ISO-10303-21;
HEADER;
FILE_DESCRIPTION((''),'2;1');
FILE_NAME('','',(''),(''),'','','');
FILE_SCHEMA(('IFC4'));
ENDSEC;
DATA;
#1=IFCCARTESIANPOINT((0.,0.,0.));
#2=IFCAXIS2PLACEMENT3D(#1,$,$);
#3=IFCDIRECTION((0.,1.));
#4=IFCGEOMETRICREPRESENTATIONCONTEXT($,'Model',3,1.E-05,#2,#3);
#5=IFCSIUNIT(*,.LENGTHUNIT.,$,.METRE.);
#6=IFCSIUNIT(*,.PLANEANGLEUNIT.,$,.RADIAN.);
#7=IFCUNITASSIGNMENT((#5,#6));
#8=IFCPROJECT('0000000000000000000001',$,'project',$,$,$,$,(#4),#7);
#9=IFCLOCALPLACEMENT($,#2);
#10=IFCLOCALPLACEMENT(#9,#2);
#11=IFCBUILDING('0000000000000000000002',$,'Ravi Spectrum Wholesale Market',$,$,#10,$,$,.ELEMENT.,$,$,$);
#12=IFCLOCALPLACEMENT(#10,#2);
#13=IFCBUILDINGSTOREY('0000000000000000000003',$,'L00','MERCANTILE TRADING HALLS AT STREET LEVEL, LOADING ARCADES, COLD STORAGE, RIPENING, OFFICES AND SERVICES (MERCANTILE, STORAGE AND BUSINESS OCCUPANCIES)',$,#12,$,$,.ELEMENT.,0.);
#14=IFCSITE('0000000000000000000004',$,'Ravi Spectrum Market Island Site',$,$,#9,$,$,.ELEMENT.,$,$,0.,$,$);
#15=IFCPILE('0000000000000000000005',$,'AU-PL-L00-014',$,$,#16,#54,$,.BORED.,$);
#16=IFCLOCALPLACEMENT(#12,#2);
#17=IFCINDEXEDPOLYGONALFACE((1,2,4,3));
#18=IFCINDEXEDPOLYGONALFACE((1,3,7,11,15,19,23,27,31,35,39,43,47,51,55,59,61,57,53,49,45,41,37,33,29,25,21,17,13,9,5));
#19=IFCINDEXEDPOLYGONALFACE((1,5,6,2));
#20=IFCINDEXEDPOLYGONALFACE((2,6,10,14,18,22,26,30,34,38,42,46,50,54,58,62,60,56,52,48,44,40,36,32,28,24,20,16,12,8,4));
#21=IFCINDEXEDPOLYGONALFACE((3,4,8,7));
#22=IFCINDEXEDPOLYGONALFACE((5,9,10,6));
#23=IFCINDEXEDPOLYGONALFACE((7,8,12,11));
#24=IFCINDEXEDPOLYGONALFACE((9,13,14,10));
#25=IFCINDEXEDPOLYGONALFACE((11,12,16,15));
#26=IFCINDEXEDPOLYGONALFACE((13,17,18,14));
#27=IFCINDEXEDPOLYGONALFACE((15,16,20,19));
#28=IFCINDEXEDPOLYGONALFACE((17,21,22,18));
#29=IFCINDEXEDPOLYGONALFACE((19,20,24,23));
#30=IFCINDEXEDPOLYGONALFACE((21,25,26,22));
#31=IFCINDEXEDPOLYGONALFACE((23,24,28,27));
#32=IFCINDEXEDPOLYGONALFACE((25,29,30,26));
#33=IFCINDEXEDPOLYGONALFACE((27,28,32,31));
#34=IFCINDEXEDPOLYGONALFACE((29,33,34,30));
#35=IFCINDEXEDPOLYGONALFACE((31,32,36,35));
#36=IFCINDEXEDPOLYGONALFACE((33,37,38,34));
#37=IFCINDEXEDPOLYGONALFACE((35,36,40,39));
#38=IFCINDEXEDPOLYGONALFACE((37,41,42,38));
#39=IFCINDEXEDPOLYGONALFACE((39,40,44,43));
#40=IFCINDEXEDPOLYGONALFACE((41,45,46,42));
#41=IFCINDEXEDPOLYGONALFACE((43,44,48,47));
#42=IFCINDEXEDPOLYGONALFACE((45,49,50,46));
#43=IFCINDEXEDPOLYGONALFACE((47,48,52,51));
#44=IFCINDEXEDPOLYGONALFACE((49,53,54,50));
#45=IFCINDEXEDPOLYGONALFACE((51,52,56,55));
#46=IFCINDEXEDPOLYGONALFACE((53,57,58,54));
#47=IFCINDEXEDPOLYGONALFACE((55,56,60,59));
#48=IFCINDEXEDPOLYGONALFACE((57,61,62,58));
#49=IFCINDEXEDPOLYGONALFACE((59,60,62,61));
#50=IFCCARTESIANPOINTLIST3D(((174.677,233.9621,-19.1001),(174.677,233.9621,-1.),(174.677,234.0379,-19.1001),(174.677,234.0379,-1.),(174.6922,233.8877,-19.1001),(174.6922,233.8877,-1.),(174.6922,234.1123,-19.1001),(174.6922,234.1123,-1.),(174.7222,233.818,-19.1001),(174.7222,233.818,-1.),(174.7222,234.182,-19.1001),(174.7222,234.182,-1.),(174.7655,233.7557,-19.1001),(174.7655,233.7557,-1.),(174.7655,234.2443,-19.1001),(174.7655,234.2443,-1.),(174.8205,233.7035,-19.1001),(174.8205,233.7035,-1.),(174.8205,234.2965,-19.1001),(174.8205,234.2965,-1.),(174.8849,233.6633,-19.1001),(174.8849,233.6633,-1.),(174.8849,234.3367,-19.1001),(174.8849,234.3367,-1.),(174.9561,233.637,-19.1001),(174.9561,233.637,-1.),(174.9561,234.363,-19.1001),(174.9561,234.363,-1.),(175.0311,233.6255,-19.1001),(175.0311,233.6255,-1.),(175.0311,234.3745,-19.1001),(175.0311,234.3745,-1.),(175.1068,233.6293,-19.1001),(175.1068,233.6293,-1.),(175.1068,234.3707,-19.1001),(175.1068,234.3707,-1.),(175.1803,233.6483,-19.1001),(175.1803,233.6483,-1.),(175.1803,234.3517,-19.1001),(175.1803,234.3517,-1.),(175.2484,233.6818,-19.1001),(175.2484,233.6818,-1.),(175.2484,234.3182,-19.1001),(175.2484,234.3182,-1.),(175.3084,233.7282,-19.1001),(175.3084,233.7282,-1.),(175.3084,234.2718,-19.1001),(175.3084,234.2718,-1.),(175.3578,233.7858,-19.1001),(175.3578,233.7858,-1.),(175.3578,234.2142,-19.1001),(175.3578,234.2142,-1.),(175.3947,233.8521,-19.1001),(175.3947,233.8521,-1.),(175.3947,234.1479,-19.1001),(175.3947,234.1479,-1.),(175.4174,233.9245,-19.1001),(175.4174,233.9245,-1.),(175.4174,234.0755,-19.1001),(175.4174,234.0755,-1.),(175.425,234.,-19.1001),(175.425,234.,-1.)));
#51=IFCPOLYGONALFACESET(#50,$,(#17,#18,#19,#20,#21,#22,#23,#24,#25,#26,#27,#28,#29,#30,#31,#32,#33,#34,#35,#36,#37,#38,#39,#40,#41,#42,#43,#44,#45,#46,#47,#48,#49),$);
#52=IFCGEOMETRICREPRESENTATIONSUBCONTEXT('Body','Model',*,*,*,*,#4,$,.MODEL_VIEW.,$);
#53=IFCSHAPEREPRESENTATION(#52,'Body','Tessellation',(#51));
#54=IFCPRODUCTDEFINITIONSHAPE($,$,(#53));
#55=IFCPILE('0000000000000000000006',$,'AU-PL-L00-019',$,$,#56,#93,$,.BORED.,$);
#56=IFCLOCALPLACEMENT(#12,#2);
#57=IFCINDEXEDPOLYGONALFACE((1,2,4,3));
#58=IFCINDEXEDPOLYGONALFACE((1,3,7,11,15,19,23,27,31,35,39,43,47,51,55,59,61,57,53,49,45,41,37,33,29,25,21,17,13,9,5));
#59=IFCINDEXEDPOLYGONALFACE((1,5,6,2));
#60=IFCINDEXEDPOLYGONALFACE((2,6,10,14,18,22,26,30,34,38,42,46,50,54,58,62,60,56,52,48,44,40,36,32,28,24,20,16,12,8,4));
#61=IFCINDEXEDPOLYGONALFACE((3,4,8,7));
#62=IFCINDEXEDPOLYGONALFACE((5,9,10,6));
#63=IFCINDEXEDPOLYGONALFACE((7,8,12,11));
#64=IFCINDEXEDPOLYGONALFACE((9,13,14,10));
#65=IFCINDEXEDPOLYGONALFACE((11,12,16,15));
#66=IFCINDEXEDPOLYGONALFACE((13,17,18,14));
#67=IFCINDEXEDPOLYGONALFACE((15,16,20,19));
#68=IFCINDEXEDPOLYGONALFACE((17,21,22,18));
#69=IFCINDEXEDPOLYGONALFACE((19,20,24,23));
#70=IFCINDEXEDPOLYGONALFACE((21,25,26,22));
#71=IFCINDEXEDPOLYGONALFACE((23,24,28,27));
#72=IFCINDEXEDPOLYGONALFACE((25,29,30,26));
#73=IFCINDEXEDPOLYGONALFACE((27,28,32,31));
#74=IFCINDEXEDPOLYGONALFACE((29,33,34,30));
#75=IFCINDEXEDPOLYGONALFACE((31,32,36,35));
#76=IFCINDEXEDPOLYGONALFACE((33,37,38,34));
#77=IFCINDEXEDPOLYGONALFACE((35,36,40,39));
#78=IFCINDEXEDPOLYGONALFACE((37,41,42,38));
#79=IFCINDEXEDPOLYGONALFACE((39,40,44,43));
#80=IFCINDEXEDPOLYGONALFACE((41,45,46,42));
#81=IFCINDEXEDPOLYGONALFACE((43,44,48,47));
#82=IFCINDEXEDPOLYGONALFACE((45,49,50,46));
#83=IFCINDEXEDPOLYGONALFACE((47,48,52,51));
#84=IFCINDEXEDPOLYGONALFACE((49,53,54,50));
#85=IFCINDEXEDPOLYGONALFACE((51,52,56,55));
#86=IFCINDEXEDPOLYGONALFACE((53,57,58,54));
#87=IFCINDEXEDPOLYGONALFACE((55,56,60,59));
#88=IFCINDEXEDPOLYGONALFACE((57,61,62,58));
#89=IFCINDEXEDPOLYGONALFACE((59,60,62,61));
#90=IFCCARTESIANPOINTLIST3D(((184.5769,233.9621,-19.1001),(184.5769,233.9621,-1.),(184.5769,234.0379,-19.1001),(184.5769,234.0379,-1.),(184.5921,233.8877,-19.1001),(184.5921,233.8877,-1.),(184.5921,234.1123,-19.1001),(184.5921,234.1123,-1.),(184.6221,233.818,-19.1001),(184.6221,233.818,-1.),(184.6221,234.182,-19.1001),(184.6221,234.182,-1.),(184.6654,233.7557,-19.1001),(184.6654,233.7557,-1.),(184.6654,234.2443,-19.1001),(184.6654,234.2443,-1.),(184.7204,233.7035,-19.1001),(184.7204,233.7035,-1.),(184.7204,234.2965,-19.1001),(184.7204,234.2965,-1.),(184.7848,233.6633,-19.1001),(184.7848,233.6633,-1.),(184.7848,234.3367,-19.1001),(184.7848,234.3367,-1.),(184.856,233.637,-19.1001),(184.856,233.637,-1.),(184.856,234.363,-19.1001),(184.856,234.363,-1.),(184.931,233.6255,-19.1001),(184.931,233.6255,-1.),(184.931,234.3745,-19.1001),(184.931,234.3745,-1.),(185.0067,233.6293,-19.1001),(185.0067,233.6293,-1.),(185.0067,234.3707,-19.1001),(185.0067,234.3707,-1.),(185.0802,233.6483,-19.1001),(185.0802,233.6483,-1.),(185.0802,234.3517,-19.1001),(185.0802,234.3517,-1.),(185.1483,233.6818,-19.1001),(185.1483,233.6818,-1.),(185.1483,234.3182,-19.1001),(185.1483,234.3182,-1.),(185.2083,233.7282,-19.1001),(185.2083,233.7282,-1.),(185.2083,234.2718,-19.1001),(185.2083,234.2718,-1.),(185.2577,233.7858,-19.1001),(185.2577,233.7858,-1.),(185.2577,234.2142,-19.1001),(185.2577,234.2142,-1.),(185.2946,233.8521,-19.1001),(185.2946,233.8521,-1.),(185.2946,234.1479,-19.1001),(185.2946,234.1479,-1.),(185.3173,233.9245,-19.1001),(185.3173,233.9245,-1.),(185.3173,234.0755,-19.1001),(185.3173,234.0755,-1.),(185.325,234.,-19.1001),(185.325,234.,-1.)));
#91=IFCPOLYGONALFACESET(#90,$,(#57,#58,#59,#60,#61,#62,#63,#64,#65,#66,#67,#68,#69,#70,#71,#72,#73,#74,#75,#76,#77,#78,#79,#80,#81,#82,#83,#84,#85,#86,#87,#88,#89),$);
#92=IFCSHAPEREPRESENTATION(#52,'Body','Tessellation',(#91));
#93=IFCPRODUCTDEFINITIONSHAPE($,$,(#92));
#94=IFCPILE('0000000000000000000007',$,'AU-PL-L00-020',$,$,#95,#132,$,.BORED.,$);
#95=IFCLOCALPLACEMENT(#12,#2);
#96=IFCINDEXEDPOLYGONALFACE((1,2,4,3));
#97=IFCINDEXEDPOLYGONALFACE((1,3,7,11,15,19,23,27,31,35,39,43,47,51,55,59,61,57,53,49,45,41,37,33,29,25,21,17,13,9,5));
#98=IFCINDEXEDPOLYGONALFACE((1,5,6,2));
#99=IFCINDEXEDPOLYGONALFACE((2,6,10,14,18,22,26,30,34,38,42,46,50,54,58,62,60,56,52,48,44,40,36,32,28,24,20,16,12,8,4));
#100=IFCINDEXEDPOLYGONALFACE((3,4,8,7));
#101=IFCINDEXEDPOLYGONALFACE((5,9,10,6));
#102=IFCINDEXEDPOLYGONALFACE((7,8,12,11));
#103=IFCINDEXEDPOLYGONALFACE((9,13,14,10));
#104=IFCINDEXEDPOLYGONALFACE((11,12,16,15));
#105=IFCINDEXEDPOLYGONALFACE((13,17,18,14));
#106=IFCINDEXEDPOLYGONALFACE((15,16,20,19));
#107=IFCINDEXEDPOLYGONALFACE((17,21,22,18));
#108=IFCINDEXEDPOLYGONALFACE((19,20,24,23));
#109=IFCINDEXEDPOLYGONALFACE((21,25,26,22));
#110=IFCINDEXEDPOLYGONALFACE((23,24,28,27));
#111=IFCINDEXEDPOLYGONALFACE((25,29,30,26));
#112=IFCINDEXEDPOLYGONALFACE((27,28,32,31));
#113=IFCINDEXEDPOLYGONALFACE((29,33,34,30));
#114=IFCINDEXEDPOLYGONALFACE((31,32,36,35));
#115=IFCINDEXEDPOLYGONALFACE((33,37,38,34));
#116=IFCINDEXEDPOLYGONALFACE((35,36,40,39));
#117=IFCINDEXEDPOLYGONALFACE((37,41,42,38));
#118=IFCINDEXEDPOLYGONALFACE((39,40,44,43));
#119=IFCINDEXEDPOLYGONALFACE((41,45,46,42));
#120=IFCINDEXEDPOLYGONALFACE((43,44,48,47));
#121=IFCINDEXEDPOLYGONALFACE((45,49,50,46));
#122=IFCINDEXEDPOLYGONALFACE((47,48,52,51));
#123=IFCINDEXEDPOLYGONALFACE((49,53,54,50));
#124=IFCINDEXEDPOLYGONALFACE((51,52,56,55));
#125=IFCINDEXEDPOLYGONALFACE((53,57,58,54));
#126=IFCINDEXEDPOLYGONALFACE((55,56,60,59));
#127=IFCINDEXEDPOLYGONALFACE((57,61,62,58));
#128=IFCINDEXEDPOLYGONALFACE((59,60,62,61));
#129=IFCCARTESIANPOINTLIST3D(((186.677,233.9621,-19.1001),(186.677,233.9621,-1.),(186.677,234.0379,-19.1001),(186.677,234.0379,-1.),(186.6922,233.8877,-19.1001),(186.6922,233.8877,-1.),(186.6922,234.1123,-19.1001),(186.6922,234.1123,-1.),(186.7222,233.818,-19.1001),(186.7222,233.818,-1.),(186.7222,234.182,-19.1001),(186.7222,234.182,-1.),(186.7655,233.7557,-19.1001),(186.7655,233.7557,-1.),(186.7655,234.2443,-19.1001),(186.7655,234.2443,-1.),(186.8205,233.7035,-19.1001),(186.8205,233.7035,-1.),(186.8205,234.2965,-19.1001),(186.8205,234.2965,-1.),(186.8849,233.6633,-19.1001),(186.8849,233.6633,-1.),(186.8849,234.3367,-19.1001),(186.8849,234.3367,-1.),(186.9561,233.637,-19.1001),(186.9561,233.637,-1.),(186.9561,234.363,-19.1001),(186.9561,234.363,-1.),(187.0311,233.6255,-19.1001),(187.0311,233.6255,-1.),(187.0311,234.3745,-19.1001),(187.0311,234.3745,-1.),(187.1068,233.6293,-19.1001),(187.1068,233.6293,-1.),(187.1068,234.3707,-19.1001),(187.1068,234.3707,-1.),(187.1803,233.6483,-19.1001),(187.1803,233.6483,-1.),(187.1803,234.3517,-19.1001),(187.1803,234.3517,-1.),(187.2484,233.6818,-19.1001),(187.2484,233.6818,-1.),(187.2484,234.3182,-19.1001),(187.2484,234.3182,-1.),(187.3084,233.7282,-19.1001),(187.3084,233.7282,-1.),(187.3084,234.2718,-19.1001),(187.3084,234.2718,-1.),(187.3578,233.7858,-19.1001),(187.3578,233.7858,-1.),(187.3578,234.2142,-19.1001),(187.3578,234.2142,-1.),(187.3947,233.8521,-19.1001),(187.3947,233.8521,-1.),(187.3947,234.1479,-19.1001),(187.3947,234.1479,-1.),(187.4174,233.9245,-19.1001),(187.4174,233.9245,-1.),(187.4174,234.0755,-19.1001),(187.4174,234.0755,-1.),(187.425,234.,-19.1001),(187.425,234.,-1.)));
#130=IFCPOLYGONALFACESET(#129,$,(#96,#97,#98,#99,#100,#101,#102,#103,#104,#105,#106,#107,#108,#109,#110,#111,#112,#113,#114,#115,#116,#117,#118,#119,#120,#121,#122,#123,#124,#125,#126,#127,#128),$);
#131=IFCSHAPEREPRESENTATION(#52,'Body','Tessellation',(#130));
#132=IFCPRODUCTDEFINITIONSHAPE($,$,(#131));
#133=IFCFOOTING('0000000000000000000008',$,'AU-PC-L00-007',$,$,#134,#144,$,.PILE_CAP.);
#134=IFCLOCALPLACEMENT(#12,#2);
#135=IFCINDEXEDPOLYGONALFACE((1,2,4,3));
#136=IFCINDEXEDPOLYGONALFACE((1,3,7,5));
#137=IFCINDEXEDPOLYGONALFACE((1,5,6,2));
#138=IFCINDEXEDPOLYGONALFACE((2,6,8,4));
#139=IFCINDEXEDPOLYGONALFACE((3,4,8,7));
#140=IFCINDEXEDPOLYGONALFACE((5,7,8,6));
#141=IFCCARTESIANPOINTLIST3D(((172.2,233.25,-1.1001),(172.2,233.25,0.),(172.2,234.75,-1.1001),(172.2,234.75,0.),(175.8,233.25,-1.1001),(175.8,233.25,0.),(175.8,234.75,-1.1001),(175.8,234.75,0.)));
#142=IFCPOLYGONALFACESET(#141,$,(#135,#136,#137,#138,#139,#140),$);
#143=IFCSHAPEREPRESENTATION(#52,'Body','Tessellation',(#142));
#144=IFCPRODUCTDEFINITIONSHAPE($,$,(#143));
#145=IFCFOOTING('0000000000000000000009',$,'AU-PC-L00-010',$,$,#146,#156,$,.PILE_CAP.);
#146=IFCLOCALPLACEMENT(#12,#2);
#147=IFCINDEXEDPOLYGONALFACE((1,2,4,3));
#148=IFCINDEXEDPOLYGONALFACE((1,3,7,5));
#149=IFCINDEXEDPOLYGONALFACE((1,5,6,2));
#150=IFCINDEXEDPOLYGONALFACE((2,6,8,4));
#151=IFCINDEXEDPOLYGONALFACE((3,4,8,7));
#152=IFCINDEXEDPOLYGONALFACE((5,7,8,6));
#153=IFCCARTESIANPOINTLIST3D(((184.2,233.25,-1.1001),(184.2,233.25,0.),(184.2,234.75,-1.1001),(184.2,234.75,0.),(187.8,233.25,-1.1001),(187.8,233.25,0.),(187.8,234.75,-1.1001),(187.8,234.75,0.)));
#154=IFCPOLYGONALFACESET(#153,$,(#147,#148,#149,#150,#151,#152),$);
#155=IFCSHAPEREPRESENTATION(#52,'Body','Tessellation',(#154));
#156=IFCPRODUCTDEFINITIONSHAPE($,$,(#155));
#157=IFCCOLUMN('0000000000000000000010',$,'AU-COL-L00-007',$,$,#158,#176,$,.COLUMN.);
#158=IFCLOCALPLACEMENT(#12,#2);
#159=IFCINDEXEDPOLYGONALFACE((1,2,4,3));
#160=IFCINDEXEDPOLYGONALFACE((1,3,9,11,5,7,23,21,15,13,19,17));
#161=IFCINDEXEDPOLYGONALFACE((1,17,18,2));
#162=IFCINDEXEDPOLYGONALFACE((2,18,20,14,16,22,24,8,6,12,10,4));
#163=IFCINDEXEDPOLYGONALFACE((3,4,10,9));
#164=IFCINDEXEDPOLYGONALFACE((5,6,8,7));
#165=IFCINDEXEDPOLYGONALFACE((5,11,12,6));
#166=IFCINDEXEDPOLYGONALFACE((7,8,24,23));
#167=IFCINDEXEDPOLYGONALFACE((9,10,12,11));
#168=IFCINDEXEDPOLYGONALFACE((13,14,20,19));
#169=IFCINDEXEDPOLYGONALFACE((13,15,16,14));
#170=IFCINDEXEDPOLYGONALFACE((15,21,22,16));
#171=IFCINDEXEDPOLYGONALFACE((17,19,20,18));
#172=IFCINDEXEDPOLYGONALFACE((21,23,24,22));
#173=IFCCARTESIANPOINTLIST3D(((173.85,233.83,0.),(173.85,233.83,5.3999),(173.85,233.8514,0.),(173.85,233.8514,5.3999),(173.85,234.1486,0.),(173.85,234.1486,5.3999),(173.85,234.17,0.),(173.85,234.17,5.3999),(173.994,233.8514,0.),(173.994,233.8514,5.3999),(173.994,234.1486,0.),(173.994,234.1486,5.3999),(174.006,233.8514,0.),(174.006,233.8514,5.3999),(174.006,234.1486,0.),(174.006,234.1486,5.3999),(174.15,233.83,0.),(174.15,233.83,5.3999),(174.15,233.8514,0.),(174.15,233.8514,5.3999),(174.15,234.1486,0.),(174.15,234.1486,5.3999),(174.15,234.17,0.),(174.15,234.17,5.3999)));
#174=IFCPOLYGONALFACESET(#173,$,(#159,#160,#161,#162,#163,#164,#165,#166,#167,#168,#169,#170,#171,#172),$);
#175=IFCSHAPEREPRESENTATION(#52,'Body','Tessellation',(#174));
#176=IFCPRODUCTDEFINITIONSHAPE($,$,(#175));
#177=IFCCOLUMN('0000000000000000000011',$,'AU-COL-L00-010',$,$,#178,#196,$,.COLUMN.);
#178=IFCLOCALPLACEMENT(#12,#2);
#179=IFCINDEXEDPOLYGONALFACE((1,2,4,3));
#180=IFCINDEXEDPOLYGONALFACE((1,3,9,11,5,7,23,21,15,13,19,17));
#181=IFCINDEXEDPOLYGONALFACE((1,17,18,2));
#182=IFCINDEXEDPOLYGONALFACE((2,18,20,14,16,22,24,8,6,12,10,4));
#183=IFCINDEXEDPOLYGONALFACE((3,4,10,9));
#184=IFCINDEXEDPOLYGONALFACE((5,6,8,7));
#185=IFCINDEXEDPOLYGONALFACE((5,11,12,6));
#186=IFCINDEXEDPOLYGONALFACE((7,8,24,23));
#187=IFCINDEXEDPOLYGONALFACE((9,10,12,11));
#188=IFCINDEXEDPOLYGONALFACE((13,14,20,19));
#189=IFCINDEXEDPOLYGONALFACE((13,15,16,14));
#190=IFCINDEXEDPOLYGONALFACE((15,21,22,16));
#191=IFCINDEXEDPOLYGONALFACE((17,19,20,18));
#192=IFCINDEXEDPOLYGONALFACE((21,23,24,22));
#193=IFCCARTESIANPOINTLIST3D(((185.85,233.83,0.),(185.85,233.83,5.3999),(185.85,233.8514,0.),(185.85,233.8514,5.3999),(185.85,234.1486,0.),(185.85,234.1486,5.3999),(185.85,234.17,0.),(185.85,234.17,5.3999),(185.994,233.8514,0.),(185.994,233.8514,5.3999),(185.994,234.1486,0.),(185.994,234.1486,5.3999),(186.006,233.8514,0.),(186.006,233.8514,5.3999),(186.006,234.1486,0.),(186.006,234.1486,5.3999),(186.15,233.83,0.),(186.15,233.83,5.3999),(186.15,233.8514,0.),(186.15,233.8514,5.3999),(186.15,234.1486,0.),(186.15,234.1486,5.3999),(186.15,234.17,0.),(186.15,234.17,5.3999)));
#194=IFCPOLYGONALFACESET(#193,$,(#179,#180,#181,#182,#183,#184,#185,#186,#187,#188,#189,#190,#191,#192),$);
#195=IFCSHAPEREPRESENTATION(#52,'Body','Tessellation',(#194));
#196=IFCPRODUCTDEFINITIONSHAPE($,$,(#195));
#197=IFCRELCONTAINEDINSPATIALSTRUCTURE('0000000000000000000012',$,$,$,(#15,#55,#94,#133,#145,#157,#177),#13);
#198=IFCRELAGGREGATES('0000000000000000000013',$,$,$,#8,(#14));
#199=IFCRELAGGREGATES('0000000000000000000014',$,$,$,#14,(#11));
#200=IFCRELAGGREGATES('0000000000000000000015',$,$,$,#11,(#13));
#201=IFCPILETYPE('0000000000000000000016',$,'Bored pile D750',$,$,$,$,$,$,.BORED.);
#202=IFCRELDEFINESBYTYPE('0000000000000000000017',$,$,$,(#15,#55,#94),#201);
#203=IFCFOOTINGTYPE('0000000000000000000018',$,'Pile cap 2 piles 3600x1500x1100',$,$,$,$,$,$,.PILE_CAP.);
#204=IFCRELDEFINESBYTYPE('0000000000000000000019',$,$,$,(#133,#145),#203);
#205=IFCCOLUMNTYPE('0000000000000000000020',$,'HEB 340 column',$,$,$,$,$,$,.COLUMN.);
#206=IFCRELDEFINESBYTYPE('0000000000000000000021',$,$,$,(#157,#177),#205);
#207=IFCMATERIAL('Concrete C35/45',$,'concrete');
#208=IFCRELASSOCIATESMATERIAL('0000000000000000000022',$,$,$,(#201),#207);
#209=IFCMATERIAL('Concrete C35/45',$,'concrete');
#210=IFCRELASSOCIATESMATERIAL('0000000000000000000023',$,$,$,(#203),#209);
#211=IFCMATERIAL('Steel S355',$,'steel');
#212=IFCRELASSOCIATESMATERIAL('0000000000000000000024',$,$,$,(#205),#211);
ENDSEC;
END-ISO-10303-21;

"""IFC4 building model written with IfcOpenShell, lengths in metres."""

from ifc_helpers import new_model, si_unit, direction, frame, origin, origin_2d, place, context, subcontext, project, spatial, rectangle, circle, i_section, extrude, material, material_profile, profile_set, type_object, element, save


model = new_model("IFC4")

# Units and contexts
model_context = context("Model", 3, precision=1e-05, world=origin(), true_north=direction((0.0, 1.0)))
body_context = subcontext(model_context, "Body", "Model", "MODEL_VIEW")
ifc_project = project(units=[si_unit("LENGTHUNIT", "METRE"), si_unit("PLANEANGLEUNIT", "RADIAN")], contexts=[model_context])

# Site, building, storey
site_placement = place(None, origin())
site = spatial("IfcSite", under=ifc_project, at=site_placement, Name="Ravi Spectrum Market Island Site", CompositionType="ELEMENT", RefElevation=0.0)
building_placement = place(site_placement, origin())
building = spatial("IfcBuilding", under=site, at=building_placement, Name="Ravi Spectrum Wholesale Market", CompositionType="ELEMENT")
storey_placement = place(building_placement, origin())
storey = spatial("IfcBuildingStorey", under=building, at=storey_placement, Name="L00", Description="MERCANTILE TRADING HALLS AT STREET LEVEL, LOADING ARCADES, COLD STORAGE, RIPENING, OFFICES AND SERVICES (MERCANTILE, STORAGE AND BUSINESS OCCUPANCIES)", CompositionType="ELEMENT", Elevation=0.0)

# Piles
ifc_material_1 = material(Name="Concrete C35/45", Category="concrete")
ifc_material_profile_1 = material_profile(ifc_material_1, circle(Radius=0.375, at=origin_2d()))
ifc_profile_set_1 = profile_set([ifc_material_profile_1], Name="Concrete C35/45")
pile_type = type_object("IfcPileType", Name="Bored pile D750", PredefinedType="BORED", material=ifc_profile_set_1)
for number, where, z_axis, x_axis, name in (
    (1, (175.05, 234.0, -1.0), (0.0, 0.0, -1.0), (1.0, 0.0, 0.0), "AU-PL-L00-014"),
    (2, (184.95, 234.0, -1.0), (0.0, 0.0, -1.0), (1.0, 0.0, 0.0), "AU-PL-L00-019"),
    (3, (187.05, 234.0, -1.0), (0.0, 0.0, -1.0), (1.0, 0.0, 0.0), "AU-PL-L00-020"),
):
    element("IfcPile", number, at=place(storey_placement, frame(where, z_axis=z_axis, x_axis=x_axis)), inside=storey, type_object=pile_type, Name=name, PredefinedType="BORED", context=body_context, shape_type="SweptSolid", body=[
        extrude(circle(Radius=0.375, at=origin_2d()), origin(), (0.0, 0.0, 1.0), 18.1001),
    ])

# Footings
ifc_material_2 = material(Name="Concrete C35/45", Category="concrete")
footing_type = type_object("IfcFootingType", Name="Pile cap 2 piles 3600x1500x1100", PredefinedType="PILE_CAP", material=ifc_material_2)
for number, where, z_axis, x_axis, name in (
    (4, (174.0, 234.0, -1.1001), (0.0, 0.0, 1.0), (1.0, 0.0, 0.0), "AU-PC-L00-007"),
    (5, (186.0, 234.0, -1.1001), (0.0, 0.0, 1.0), (1.0, 0.0, 0.0), "AU-PC-L00-010"),
):
    element("IfcFooting", number, at=place(storey_placement, frame(where, z_axis=z_axis, x_axis=x_axis)), inside=storey, type_object=footing_type, Name=name, PredefinedType="PILE_CAP", context=body_context, shape_type="SweptSolid", body=[
        extrude(rectangle(XDim=3.6001, YDim=1.5, at=origin_2d()), origin(), (0.0, 0.0, 1.0), 1.1001),
    ])

# Columns
ifc_material_3 = material(Name="Steel S355", Category="steel")
ifc_material_profile_2 = material_profile(ifc_material_3, i_section(OverallWidth=0.3, OverallDepth=0.3401, WebThickness=0.012, FlangeThickness=0.0215, at=origin_2d()))
ifc_profile_set_2 = profile_set([ifc_material_profile_2], Name="Steel S355")
column_type = type_object("IfcColumnType", Name="HEB 340 column", PredefinedType="COLUMN", material=ifc_profile_set_2)
for number, where, z_axis, x_axis, name in (
    (6, (174.0, 234.0, 0.0), (0.0, 0.0, 1.0), (1.0, 0.0, 0.0), "AU-COL-L00-007"),
    (7, (186.0, 234.0, 0.0), (0.0, 0.0, 1.0), (1.0, 0.0, 0.0), "AU-COL-L00-010"),
):
    element("IfcColumn", number, at=place(storey_placement, frame(where, z_axis=z_axis, x_axis=x_axis)), inside=storey, type_object=column_type, Name=name, PredefinedType="COLUMN", context=body_context, shape_type="SweptSolid", body=[
        extrude(i_section(OverallWidth=0.3, OverallDepth=0.3401, WebThickness=0.012, FlangeThickness=0.0215, at=origin_2d()), origin(), (0.0, 0.0, 1.0), 5.3999),
    ])

save(model, "model.ifc")
